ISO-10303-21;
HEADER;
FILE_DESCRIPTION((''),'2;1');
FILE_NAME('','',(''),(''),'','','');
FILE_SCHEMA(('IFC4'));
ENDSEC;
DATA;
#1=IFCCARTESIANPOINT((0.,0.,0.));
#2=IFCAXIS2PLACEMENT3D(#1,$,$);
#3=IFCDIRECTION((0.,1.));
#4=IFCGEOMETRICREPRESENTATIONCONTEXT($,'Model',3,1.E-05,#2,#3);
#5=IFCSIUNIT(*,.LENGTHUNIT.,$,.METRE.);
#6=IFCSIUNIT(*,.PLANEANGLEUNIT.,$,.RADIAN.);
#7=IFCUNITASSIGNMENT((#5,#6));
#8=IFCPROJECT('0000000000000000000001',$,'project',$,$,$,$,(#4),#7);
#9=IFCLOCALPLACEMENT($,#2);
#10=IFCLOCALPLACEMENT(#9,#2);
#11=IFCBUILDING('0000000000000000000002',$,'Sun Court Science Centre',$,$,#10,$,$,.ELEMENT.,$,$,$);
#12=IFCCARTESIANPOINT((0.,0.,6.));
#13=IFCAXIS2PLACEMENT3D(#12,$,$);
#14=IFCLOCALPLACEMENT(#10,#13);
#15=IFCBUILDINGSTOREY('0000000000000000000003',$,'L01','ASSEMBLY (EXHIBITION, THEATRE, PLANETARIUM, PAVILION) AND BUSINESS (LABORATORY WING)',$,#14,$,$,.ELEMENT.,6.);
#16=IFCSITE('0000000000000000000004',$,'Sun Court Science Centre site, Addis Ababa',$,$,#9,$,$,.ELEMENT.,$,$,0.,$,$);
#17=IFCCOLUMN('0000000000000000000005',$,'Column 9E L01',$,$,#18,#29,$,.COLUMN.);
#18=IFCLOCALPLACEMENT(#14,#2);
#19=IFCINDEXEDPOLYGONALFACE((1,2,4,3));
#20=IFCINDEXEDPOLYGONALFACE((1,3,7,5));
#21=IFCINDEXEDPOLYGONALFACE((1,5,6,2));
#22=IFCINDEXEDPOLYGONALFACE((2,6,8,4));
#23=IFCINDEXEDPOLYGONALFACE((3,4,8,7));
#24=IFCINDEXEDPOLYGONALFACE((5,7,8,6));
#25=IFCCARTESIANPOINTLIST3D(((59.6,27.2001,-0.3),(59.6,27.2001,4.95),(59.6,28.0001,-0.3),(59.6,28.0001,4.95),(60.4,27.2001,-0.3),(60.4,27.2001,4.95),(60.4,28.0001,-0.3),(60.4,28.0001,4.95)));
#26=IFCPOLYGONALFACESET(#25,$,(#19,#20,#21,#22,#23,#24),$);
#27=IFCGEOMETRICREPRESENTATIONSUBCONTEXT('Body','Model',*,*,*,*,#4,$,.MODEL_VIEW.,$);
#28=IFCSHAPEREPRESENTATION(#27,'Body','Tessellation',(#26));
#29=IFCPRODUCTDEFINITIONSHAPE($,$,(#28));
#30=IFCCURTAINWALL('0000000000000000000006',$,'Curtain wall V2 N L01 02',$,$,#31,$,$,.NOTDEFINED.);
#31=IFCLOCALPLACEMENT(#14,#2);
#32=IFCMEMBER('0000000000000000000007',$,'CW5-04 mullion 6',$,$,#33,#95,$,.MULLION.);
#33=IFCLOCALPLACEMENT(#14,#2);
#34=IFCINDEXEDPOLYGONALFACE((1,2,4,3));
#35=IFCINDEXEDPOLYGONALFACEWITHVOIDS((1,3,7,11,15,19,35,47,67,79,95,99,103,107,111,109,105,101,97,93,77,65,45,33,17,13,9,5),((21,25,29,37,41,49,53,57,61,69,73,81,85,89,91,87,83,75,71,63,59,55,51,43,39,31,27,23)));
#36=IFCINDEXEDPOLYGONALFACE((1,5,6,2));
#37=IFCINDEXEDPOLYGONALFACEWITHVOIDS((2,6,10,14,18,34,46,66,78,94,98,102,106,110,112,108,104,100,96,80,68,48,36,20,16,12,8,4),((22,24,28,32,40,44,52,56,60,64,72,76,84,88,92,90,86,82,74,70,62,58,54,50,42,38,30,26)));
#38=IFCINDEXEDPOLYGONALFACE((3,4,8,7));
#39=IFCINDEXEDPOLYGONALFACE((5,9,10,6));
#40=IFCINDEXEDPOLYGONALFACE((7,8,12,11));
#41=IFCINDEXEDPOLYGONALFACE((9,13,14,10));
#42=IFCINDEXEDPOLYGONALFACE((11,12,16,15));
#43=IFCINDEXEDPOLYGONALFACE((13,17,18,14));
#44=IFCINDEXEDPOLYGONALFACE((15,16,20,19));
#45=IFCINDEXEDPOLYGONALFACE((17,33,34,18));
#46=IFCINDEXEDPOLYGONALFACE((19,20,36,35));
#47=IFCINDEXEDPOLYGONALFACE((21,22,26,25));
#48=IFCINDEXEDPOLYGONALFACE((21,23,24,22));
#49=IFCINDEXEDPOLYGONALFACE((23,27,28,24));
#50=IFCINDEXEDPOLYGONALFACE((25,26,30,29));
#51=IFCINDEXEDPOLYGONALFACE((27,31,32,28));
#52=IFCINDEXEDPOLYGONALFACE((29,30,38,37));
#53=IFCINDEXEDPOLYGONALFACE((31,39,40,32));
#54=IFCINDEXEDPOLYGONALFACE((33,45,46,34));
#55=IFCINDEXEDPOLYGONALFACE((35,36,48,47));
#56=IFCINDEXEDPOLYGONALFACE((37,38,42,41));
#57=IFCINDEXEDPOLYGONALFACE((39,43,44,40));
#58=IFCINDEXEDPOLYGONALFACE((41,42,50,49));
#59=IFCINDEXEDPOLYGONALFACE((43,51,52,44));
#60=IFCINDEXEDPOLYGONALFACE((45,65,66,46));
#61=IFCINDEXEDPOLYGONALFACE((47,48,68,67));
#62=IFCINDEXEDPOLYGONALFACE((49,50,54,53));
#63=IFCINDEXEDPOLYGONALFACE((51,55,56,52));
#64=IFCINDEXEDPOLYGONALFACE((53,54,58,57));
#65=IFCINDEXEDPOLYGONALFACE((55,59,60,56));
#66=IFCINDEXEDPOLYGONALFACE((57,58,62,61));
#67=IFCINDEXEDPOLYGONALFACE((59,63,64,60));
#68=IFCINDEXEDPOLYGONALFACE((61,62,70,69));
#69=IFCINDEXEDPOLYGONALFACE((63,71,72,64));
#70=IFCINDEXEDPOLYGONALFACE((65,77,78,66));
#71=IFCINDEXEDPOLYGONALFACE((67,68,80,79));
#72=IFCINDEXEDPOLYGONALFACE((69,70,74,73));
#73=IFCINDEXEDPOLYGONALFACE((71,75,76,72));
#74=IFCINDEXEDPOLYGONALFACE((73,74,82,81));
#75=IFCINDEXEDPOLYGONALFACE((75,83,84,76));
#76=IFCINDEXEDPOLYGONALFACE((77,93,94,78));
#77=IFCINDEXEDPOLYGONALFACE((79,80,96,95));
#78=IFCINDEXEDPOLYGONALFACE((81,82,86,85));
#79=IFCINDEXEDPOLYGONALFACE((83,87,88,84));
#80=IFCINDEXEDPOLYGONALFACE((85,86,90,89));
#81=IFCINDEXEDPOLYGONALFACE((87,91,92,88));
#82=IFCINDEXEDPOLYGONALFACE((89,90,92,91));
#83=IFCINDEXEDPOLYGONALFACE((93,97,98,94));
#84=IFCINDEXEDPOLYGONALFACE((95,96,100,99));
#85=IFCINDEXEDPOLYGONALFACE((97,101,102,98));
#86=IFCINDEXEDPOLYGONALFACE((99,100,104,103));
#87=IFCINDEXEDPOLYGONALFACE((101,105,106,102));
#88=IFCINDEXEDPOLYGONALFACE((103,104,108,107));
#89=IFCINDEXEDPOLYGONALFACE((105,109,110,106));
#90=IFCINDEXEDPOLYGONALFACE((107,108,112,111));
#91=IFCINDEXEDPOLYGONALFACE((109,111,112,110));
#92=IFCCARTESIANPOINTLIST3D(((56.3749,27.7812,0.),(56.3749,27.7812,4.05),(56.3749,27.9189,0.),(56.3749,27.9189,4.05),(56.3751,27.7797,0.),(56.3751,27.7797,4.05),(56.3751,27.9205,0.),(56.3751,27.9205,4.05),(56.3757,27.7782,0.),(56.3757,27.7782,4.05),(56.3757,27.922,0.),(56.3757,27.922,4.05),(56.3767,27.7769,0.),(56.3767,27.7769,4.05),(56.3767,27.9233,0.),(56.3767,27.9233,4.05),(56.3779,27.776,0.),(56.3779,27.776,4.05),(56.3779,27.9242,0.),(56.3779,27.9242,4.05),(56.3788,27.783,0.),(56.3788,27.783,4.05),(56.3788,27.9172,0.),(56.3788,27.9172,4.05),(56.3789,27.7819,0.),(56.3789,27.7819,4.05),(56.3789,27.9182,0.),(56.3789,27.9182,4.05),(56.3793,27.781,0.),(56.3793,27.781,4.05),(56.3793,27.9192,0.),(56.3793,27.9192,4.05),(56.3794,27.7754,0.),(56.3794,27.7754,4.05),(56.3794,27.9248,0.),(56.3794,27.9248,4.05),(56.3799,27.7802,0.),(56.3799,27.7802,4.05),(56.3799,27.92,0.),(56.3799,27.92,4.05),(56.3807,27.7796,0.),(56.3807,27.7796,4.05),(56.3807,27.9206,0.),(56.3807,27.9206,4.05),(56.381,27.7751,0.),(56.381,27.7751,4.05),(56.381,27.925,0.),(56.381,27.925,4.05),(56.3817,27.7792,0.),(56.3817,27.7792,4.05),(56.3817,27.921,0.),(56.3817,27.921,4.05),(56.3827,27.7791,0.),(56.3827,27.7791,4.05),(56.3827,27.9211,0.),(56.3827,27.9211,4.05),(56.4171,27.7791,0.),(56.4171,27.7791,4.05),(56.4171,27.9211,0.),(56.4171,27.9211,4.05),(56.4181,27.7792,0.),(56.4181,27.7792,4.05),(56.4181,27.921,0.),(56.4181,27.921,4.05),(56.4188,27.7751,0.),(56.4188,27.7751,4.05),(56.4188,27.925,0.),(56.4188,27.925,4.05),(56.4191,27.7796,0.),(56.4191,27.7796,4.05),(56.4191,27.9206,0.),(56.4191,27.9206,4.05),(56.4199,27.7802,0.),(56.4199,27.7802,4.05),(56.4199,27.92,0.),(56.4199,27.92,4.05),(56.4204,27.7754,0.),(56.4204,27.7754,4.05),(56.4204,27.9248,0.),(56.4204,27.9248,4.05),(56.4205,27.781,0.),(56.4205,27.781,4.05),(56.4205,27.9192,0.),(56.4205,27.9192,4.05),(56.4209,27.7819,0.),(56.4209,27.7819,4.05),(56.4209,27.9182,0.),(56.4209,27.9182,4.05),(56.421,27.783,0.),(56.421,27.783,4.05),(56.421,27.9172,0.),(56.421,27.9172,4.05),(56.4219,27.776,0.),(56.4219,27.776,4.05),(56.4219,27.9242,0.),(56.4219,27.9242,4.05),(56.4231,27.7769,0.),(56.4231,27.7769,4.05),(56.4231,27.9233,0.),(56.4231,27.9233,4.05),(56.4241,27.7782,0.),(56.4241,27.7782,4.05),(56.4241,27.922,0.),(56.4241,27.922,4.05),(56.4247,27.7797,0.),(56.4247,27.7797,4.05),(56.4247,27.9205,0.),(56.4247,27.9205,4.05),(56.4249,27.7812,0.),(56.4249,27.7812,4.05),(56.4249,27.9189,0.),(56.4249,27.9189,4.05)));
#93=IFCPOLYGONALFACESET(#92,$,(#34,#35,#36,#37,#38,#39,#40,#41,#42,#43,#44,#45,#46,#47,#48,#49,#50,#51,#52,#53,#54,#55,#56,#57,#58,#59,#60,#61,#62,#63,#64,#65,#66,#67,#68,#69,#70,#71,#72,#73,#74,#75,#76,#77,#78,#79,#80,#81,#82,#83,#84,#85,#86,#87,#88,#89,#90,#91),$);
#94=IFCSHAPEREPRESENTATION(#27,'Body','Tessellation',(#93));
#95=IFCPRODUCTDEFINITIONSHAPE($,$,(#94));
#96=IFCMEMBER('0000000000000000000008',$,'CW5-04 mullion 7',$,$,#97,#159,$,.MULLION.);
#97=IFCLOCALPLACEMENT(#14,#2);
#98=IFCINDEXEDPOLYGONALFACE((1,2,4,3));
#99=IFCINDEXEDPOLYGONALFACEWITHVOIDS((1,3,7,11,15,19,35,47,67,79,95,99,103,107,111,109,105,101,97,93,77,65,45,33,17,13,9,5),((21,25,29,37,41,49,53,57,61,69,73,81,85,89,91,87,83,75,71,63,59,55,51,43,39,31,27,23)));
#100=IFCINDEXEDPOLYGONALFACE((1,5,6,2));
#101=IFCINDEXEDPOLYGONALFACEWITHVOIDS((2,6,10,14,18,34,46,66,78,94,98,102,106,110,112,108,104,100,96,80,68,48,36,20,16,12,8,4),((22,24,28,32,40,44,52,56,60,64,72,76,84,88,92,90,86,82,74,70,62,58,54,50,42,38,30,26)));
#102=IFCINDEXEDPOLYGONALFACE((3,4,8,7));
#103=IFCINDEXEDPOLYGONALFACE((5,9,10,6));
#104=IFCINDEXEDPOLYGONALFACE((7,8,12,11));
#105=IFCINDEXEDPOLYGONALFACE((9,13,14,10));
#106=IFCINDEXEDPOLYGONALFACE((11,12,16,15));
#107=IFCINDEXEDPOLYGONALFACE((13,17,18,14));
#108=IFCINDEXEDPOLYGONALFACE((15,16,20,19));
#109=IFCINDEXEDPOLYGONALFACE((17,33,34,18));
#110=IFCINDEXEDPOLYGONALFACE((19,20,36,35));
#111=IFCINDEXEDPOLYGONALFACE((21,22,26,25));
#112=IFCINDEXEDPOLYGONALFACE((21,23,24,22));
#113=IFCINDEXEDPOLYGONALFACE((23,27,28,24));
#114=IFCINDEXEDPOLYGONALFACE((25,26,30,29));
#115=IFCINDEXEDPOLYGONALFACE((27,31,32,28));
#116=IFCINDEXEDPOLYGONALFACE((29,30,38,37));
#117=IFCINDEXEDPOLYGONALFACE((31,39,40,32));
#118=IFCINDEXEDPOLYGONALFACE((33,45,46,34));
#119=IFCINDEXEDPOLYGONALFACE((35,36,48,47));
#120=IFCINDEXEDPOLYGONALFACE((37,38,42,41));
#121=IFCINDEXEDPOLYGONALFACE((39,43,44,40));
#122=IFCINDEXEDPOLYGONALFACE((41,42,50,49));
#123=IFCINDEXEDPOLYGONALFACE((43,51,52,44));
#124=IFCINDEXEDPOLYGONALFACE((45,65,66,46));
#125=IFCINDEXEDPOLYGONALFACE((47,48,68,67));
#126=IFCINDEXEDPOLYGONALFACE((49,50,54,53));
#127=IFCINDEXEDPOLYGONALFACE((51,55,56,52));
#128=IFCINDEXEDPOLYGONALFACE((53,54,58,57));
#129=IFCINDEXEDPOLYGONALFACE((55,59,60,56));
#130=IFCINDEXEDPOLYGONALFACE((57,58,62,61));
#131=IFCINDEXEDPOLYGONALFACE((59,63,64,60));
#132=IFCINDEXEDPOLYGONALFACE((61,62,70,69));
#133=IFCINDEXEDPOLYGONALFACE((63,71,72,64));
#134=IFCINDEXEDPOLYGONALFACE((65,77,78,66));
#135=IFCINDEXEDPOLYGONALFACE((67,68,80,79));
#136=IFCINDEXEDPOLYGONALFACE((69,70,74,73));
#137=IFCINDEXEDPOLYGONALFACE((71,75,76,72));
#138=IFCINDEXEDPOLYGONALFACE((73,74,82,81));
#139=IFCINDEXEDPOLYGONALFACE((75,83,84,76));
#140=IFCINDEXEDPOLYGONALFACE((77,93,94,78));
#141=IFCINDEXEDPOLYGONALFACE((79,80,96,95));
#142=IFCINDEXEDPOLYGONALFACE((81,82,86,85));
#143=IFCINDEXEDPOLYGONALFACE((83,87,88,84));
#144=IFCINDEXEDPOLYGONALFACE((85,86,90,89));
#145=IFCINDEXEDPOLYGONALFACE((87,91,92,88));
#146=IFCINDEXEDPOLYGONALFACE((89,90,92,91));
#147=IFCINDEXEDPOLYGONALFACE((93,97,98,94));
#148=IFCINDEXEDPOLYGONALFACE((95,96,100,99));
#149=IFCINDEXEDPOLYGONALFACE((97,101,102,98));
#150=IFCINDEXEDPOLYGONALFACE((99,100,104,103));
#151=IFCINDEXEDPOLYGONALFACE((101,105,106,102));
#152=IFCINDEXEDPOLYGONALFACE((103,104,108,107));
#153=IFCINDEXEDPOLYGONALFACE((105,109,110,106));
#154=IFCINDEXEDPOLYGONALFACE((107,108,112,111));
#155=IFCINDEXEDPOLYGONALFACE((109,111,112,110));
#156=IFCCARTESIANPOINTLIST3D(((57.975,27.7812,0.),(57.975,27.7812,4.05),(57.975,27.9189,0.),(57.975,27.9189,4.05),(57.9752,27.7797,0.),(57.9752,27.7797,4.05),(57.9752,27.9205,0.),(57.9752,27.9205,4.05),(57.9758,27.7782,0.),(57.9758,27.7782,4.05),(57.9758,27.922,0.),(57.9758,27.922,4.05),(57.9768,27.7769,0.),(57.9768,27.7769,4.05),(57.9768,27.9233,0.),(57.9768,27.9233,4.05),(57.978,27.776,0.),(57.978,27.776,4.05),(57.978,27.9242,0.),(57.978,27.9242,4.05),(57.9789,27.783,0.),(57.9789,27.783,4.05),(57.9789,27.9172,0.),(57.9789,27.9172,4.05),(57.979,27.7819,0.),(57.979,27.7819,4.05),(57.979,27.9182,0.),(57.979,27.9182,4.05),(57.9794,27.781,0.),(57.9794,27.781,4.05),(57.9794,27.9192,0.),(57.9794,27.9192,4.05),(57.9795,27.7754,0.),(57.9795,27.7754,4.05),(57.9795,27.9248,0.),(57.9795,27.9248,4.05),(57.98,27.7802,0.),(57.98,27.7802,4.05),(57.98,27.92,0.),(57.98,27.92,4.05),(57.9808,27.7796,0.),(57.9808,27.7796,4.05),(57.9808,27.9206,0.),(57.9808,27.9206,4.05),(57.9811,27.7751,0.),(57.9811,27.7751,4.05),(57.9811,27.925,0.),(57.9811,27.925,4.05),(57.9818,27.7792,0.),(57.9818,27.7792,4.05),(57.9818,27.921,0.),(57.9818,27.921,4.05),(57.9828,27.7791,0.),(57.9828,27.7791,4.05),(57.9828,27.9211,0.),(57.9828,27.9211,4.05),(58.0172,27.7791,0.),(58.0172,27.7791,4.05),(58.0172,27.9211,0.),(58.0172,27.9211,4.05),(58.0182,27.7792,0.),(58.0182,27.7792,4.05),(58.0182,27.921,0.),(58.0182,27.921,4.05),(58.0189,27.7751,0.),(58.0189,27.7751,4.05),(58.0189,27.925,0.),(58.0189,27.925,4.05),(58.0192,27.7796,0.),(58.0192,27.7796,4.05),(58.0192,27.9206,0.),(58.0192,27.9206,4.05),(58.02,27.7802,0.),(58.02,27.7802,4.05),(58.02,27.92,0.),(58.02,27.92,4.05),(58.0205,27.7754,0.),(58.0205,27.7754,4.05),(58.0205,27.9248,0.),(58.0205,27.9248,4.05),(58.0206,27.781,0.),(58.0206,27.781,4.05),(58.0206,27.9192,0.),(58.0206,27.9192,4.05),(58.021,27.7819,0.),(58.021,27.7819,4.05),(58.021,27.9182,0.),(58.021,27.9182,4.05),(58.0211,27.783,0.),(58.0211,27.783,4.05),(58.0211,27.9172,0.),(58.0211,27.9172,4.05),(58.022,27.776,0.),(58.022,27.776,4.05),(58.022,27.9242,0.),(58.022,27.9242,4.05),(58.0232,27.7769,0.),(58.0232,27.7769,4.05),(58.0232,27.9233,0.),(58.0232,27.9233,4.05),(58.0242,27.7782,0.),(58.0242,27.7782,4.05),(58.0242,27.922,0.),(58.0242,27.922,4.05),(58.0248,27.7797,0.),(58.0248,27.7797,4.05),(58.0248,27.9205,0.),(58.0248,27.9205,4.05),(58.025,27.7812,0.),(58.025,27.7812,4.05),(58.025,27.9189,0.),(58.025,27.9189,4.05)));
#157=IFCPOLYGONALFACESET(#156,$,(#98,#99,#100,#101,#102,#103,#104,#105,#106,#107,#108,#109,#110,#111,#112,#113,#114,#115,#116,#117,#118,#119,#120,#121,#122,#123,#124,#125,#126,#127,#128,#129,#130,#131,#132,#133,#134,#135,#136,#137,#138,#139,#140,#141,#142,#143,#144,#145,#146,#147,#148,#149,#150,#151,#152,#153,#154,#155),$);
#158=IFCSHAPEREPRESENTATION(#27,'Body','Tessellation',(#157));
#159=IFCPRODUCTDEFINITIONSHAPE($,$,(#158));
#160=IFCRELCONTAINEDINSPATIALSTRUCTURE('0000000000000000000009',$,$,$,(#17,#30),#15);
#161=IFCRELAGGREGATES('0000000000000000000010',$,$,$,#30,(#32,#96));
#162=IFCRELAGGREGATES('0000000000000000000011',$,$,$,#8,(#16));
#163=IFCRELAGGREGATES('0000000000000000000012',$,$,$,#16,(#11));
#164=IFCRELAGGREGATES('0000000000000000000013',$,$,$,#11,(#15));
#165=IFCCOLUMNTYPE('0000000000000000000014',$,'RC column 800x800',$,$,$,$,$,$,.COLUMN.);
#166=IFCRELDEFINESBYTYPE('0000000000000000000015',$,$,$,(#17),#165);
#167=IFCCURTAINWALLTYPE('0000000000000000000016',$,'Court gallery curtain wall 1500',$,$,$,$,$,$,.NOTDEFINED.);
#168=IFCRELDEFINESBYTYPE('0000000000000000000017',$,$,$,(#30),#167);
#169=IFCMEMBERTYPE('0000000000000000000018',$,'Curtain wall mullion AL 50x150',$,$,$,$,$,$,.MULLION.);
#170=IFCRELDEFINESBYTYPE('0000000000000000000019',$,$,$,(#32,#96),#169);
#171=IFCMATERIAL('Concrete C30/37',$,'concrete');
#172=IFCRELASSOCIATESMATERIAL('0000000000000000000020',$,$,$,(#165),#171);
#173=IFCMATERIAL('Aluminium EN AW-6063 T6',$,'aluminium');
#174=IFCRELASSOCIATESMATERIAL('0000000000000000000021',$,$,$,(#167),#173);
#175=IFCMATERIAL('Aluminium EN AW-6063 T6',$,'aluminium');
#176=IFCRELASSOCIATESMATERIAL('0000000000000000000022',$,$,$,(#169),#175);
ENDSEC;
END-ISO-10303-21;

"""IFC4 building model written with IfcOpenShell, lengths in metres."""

from ifc_helpers import new_model, si_unit, direction, frame, origin, origin_2d, place, context, subcontext, project, spatial, rectangle, hollow_rectangle, extrude, material, material_profile, profile_set, type_object, element, aggregate, save


model = new_model("IFC4")

# Units and contexts
model_context = context("Model", 3, precision=1e-05, world=origin(), true_north=direction((0.0, 1.0)))
body_context = subcontext(model_context, "Body", "Model", "MODEL_VIEW")
ifc_project = project(units=[si_unit("LENGTHUNIT", "METRE"), si_unit("PLANEANGLEUNIT", "RADIAN")], contexts=[model_context])

# Site, building, storey
site_placement = place(None, origin())
site = spatial("IfcSite", under=ifc_project, at=site_placement, Name="Sun Court Science Centre site, Addis Ababa", CompositionType="ELEMENT", RefElevation=0.0)
building_placement = place(site_placement, origin())
building = spatial("IfcBuilding", under=site, at=building_placement, Name="Sun Court Science Centre", CompositionType="ELEMENT")
storey_placement = place(building_placement, frame((0.0, 0.0, 6.0)))
storey = spatial("IfcBuildingStorey", under=building, at=storey_placement, Name="L01", Description="ASSEMBLY (EXHIBITION, THEATRE, PLANETARIUM, PAVILION) AND BUSINESS (LABORATORY WING)", CompositionType="ELEMENT", Elevation=6.0)

# Column
ifc_material_1 = material(Name="Concrete C30/37", Category="concrete")
ifc_material_profile_1 = material_profile(ifc_material_1, rectangle(XDim=0.8, YDim=0.8, at=origin_2d()), Name="RC 800x800")
ifc_profile_set_1 = profile_set([ifc_material_profile_1], Name="Concrete C30/37")
column_type = type_object("IfcColumnType", Name="RC column 800x800", PredefinedType="COLUMN", material=ifc_profile_set_1)
column_placement = place(storey_placement, frame((60.0, 27.6001, -0.3), z_axis=(0.0, 0.0, 1.0), x_axis=(1.0, 0.0, 0.0)))
element("IfcColumn", 1, at=column_placement, inside=storey, type_object=column_type, Name="Column 9E L01", PredefinedType="COLUMN", context=body_context, shape_type="SweptSolid", body=[
    extrude(rectangle(XDim=0.8, YDim=0.8, at=origin_2d()), origin(), (0.0, 0.0, 1.0), 5.25),
])

# Curtain wall, members
ifc_material_2 = material(Name="Aluminium EN AW-6063 T6", Category="aluminium")
curtain_wall_type = type_object("IfcCurtainWallType", Name="Court gallery curtain wall 1500", PredefinedType="NOTDEFINED", material=ifc_material_2)
curtain_wall_placement = place(storey_placement, origin())
curtain_wall = element("IfcCurtainWall", 2, at=curtain_wall_placement, inside=storey, type_object=curtain_wall_type, Name="Curtain wall V2 N L01 02", PredefinedType="NOTDEFINED")
ifc_material_3 = material(Name="Aluminium EN AW-6063 T6", Category="aluminium")
ifc_material_profile_2 = material_profile(ifc_material_3, hollow_rectangle(XDim=0.05, YDim=0.1499, WallThickness=0.0039, InnerFilletRadius=0.0039, OuterFilletRadius=0.0061, at=origin_2d()), Name="AL 50x150x4")
ifc_profile_set_2 = profile_set([ifc_material_profile_2], Name="Aluminium EN AW-6063 T6")
member_type_1 = type_object("IfcMemberType", Name="Curtain wall mullion AL 50x150", PredefinedType="MULLION", material=ifc_profile_set_2)
member_1_placement = place(storey_placement, frame((56.3999, 27.8501, 0.0), z_axis=(0.0, 0.0, 1.0), x_axis=(1.0, 0.0, 0.0)))
member_1 = element("IfcMember", 3, at=member_1_placement, type_object=member_type_1, Name="CW5-04 mullion 6", PredefinedType="MULLION", context=body_context, shape_type="SweptSolid", body=[
    extrude(hollow_rectangle(XDim=0.05, YDim=0.1499, WallThickness=0.0039, InnerFilletRadius=0.0039, OuterFilletRadius=0.0061, at=origin_2d()), origin(), (0.0, 0.0, 1.0), 4.05),
])
member_2_placement = place(storey_placement, frame((58.0, 27.8501, 0.0), z_axis=(0.0, 0.0, 1.0), x_axis=(1.0, 0.0, 0.0)))
member_2 = element("IfcMember", 4, at=member_2_placement, type_object=member_type_1, Name="CW5-04 mullion 7", PredefinedType="MULLION", context=body_context, shape_type="SweptSolid", body=[
    extrude(hollow_rectangle(XDim=0.05, YDim=0.1499, WallThickness=0.0039, InnerFilletRadius=0.0039, OuterFilletRadius=0.0061, at=origin_2d()), origin(), (0.0, 0.0, 1.0), 4.05),
])

aggregate(curtain_wall, [member_1, member_2])

save(model, "model.ifc")
